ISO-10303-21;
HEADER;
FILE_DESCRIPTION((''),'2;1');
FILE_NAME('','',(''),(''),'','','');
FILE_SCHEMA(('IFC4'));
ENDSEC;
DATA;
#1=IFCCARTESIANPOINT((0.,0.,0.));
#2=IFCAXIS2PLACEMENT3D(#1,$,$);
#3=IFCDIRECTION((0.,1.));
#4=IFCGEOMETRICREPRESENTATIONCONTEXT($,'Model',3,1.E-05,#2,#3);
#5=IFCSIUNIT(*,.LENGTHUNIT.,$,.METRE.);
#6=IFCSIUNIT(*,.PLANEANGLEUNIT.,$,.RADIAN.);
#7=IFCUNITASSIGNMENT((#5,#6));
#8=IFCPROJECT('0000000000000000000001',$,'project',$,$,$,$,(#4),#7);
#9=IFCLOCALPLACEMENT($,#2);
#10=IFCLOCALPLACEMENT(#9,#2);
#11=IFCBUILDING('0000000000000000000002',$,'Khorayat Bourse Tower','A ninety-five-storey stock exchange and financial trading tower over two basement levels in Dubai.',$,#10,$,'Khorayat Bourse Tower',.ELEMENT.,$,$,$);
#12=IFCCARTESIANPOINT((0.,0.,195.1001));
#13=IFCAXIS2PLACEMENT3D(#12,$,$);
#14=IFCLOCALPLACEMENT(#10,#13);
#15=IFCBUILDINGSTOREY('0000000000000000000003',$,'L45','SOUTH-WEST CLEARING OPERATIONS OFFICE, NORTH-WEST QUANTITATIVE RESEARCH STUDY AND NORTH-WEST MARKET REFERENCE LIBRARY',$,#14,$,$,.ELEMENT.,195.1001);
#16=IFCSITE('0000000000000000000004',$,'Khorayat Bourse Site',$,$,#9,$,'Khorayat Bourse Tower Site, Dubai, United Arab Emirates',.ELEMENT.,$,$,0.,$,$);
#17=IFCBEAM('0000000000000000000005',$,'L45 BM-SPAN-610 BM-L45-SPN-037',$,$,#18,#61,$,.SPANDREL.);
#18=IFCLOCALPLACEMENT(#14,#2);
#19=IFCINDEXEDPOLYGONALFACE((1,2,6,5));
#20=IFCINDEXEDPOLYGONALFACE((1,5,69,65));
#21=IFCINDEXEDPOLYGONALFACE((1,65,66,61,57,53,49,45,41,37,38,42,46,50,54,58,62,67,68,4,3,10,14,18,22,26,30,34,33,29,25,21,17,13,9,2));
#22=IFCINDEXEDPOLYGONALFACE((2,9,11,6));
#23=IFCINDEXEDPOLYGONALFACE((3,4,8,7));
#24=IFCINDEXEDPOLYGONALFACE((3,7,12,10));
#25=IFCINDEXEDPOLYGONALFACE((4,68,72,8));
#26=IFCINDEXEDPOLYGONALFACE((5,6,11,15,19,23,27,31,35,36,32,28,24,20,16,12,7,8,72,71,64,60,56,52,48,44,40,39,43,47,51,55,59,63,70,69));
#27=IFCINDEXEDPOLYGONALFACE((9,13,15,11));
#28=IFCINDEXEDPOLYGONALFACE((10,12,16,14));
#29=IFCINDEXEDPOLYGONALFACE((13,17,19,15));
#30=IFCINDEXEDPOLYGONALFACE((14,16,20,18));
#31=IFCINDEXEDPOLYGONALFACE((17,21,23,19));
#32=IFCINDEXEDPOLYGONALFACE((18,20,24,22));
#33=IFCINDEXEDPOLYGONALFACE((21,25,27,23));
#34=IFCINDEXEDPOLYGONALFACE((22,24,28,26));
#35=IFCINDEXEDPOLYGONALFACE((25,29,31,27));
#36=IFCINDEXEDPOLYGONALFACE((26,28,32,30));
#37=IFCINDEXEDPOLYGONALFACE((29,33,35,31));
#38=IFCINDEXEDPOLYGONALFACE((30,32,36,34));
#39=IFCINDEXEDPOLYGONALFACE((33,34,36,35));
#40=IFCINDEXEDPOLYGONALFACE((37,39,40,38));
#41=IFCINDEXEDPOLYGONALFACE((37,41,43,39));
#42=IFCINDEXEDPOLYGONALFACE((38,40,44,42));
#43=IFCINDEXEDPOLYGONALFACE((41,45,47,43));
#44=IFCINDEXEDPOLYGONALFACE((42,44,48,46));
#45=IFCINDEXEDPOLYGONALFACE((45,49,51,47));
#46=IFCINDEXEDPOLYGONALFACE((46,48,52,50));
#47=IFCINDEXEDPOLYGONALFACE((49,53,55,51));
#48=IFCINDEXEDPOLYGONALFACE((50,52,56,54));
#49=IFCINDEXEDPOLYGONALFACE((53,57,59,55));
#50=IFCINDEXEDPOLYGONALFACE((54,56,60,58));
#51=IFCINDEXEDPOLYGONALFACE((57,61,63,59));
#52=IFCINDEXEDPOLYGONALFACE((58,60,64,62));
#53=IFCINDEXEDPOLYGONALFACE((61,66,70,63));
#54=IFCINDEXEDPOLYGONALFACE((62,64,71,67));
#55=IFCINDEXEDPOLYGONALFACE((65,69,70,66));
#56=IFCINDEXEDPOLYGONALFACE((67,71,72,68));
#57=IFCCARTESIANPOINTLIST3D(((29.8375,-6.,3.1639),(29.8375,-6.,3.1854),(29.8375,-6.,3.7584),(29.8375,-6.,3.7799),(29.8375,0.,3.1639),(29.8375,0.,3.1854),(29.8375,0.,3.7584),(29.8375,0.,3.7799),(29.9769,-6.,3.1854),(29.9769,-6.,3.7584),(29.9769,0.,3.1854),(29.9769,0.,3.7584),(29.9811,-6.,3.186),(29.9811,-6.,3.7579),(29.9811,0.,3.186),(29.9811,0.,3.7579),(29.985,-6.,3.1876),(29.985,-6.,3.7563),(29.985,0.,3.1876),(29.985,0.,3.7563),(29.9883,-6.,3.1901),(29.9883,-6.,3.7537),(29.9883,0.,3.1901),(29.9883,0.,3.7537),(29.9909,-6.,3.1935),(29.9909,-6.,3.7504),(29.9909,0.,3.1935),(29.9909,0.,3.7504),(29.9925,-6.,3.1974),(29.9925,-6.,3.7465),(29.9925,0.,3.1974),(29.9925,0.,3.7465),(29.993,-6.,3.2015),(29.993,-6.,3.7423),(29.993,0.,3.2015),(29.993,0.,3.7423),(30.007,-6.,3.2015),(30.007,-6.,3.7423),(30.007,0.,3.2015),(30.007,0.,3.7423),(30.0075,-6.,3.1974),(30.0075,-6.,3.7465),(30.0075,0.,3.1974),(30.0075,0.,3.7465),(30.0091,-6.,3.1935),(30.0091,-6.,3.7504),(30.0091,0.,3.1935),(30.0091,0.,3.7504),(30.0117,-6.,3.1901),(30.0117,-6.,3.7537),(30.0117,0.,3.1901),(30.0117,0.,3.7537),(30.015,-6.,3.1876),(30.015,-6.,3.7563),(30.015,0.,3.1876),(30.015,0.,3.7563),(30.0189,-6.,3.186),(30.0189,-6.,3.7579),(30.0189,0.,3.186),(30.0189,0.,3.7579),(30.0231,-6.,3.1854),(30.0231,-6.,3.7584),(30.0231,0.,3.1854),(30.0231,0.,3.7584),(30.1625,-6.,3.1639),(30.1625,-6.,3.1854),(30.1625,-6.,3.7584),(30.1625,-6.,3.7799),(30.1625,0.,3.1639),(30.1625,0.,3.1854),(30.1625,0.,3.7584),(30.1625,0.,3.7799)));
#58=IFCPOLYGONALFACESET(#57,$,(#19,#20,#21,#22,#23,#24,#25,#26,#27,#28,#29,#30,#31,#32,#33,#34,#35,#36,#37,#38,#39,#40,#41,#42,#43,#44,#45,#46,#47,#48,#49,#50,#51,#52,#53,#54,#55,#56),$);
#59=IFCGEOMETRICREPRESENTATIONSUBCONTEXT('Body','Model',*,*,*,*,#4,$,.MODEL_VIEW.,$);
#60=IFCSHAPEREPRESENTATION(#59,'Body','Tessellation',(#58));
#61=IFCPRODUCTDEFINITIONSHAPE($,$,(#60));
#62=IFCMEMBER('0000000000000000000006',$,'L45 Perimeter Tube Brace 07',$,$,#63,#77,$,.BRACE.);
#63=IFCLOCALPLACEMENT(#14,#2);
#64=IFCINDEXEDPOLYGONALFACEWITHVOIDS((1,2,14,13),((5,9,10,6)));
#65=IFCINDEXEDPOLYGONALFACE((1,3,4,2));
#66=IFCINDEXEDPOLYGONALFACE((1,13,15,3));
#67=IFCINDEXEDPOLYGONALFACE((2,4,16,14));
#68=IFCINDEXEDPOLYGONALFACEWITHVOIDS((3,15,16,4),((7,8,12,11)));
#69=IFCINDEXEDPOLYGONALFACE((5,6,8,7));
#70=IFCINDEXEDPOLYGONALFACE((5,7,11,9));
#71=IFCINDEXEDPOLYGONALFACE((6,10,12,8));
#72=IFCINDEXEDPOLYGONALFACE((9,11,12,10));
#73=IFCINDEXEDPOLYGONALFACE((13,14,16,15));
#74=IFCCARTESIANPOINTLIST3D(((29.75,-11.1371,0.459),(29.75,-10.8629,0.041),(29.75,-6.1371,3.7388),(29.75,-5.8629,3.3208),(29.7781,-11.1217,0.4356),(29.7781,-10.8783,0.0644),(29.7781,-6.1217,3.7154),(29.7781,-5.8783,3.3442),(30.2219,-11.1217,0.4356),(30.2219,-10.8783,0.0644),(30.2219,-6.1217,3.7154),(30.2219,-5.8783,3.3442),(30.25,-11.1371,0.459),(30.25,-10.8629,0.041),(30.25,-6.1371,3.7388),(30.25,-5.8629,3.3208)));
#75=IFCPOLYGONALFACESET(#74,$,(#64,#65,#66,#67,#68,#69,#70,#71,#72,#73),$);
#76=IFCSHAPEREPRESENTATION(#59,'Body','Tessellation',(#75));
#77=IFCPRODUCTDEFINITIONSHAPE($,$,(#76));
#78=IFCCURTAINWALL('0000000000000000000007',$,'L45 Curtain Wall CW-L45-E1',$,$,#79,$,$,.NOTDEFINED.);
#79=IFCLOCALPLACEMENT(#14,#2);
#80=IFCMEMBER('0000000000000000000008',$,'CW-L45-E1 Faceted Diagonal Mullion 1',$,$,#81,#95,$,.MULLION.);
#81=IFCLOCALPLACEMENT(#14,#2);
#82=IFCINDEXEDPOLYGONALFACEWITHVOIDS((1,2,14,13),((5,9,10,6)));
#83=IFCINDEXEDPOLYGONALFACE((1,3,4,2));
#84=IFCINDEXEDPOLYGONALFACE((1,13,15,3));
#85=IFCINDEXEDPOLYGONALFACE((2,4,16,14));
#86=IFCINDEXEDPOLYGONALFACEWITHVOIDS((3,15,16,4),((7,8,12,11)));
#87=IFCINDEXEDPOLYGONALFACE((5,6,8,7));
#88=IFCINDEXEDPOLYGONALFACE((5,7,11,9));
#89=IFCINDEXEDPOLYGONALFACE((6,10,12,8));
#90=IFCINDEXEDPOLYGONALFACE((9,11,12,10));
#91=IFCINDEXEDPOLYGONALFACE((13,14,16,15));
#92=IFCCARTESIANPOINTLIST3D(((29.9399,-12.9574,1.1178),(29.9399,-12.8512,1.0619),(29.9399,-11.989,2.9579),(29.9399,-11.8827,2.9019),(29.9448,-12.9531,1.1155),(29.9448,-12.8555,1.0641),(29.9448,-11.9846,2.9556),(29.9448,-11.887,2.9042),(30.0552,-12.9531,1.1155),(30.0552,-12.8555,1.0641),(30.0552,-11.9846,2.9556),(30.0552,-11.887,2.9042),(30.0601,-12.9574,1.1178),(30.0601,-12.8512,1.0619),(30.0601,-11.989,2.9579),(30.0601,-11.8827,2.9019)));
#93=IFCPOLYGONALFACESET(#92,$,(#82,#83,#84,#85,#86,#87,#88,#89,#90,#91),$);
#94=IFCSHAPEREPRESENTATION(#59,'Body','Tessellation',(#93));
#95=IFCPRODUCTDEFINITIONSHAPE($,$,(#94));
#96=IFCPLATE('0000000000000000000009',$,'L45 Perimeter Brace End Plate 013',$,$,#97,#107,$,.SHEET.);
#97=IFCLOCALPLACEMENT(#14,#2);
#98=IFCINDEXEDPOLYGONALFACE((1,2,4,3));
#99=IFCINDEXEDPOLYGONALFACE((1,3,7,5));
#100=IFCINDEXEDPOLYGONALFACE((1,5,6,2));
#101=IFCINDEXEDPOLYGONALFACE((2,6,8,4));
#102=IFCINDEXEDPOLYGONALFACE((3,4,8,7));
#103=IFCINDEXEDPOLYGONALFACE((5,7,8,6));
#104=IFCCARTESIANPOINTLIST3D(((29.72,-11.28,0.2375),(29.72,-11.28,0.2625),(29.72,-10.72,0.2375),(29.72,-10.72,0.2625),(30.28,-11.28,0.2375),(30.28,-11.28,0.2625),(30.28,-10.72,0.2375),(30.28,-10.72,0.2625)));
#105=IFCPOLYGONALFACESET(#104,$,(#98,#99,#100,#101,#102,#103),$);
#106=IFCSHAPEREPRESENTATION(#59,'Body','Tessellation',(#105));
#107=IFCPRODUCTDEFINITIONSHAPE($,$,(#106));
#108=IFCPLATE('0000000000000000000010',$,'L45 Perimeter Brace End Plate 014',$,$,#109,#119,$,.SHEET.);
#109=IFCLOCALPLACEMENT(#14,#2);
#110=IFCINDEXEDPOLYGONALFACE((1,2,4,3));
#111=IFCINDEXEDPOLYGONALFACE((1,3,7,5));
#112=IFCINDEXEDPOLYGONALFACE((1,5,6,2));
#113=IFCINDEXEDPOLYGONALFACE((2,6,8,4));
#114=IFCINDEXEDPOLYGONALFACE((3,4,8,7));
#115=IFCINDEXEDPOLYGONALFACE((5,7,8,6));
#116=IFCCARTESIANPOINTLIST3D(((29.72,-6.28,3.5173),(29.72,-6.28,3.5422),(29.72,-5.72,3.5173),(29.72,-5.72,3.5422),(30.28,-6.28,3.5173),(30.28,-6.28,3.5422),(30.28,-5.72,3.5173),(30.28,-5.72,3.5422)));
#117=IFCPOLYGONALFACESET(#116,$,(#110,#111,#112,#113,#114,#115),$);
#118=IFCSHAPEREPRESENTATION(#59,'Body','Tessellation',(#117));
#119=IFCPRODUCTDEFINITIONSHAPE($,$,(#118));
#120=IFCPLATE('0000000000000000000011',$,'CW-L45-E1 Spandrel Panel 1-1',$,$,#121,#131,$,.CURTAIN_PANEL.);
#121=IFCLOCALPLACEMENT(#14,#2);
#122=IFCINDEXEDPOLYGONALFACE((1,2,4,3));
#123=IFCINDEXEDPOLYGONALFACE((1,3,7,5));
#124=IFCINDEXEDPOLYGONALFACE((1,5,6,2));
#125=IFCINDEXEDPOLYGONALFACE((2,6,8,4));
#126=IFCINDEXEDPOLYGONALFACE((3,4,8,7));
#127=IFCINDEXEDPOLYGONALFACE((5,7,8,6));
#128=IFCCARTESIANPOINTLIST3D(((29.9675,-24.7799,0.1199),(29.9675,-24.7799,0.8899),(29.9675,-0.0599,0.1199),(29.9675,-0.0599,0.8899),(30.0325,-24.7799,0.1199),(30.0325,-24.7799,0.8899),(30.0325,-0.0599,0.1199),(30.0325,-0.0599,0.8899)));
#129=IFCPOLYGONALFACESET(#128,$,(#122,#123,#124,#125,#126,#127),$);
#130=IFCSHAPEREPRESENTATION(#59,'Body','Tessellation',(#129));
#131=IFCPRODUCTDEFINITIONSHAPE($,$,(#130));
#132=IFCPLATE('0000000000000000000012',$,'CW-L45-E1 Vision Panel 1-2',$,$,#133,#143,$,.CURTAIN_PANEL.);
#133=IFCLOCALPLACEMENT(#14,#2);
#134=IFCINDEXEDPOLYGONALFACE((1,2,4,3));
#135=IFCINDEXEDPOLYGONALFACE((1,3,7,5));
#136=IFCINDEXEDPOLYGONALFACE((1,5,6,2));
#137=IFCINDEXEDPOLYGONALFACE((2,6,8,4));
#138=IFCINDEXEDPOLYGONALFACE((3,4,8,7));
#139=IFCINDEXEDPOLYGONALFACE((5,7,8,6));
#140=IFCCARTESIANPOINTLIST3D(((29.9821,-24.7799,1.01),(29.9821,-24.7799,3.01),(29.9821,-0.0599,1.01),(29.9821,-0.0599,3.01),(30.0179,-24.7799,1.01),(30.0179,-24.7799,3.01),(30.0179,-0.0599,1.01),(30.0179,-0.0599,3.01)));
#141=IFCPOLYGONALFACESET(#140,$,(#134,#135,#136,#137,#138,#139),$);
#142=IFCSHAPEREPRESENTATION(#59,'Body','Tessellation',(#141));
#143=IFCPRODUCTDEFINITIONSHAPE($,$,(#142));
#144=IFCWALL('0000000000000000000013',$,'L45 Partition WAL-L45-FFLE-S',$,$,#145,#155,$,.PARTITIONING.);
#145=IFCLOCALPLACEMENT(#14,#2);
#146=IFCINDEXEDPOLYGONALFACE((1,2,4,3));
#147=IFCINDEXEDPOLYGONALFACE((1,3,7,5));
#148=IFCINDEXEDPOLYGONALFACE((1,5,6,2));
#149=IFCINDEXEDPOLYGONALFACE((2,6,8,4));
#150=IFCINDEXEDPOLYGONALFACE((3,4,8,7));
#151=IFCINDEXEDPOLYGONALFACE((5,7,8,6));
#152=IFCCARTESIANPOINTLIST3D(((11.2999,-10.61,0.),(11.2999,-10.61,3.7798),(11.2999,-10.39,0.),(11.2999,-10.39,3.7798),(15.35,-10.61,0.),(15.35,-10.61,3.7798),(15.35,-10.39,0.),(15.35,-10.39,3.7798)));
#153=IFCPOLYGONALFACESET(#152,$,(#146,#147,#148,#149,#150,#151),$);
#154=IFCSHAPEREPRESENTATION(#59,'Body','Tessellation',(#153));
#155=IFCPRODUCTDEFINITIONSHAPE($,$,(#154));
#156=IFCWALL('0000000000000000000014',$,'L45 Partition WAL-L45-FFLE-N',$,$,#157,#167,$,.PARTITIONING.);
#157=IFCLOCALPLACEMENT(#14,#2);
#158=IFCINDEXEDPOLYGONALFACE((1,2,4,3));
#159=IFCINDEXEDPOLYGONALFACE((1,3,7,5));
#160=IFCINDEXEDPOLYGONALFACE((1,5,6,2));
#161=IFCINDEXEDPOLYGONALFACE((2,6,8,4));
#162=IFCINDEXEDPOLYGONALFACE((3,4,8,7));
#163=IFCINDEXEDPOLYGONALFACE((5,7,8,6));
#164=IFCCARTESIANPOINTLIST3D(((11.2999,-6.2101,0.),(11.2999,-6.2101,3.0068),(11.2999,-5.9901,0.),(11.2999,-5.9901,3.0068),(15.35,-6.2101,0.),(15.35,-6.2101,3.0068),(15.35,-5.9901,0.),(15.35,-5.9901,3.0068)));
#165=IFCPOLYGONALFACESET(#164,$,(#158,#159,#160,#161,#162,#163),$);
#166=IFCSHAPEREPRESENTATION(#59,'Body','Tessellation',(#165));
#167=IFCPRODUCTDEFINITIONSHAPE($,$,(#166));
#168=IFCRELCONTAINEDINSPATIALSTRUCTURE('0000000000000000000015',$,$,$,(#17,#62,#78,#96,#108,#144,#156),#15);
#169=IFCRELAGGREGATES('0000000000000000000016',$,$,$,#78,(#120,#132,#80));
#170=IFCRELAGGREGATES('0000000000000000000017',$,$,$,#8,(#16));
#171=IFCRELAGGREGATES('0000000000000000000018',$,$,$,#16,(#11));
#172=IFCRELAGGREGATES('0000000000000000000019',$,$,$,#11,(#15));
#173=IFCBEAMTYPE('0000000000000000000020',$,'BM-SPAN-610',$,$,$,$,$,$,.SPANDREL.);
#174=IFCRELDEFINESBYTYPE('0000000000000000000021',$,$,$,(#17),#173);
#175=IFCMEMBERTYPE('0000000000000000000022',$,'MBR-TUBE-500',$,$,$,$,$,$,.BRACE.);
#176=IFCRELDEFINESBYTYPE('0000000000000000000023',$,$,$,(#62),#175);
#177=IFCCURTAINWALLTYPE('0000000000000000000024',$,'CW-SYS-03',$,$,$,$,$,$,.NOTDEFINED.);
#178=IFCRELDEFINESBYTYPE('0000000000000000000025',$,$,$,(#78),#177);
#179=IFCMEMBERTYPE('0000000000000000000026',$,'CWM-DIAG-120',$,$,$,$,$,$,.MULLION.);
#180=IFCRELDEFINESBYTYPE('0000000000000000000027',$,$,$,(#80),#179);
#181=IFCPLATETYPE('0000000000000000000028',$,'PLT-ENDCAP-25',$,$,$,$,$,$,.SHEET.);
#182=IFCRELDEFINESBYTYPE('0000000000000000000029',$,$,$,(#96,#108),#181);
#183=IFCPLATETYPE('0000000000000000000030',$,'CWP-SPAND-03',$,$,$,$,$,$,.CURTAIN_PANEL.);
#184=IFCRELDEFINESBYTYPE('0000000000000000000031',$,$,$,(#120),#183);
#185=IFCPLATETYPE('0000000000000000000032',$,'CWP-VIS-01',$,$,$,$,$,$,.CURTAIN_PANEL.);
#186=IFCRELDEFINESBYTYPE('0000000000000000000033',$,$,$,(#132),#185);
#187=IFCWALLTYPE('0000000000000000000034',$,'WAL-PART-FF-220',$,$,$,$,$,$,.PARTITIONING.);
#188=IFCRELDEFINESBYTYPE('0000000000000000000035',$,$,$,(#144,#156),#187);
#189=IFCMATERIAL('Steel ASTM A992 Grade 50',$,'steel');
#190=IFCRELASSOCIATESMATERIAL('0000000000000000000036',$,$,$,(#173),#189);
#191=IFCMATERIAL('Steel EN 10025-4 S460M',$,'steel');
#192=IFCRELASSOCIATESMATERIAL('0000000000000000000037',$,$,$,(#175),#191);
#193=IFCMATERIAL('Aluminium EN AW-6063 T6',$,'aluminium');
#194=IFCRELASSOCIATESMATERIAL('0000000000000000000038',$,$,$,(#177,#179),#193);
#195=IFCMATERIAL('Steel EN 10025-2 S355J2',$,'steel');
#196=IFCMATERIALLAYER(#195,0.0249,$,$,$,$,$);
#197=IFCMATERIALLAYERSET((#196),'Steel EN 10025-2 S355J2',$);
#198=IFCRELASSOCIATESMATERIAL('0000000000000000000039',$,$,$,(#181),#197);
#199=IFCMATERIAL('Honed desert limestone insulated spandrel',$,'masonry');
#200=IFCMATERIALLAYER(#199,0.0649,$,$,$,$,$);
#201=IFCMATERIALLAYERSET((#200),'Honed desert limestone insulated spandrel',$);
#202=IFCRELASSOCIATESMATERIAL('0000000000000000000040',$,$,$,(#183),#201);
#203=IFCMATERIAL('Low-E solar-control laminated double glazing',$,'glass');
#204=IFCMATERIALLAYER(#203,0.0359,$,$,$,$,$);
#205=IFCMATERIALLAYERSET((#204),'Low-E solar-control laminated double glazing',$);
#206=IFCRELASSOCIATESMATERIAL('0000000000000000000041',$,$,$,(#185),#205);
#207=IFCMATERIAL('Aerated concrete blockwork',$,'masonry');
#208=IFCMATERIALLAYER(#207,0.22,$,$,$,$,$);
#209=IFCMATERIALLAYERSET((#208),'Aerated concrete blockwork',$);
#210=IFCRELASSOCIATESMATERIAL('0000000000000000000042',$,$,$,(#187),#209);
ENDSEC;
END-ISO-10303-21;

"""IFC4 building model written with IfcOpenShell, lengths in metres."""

from ifc_helpers import new_model, si_unit, direction, frame, frame_2d, origin, origin_2d, place, context, subcontext, project, spatial, rectangle, hollow_rectangle, i_section, extrude, source, transform, mapped, material, layer, layer_set, material_profile, profile_set, type_object, element, aggregate, save


model = new_model("IFC4")

# Units and contexts
model_context = context("Model", 3, precision=1e-05, world=origin(), true_north=direction((0.0, 1.0)))
body_context = subcontext(model_context, "Body", "Model", "MODEL_VIEW")
ifc_project = project(units=[si_unit("LENGTHUNIT", "METRE"), si_unit("PLANEANGLEUNIT", "RADIAN")], contexts=[model_context])

# Site, building, storey
site_placement = place(None, origin())
site = spatial("IfcSite", under=ifc_project, at=site_placement, Name="Khorayat Bourse Site", LongName="Khorayat Bourse Tower Site, Dubai, United Arab Emirates", CompositionType="ELEMENT", RefElevation=0.0)
building_placement = place(site_placement, origin())
building = spatial("IfcBuilding", under=site, at=building_placement, Name="Khorayat Bourse Tower", Description="A ninety-five-storey stock exchange and financial trading tower over two basement levels in Dubai.", LongName="Khorayat Bourse Tower", CompositionType="ELEMENT")
storey_placement = place(building_placement, frame((0.0, 0.0, 195.1001)))
storey = spatial("IfcBuildingStorey", under=building, at=storey_placement, Name="L45", Description="SOUTH-WEST CLEARING OPERATIONS OFFICE, NORTH-WEST QUANTITATIVE RESEARCH STUDY AND NORTH-WEST MARKET REFERENCE LIBRARY", CompositionType="ELEMENT", Elevation=195.1001)

# Shared definitions
ifc_material_1 = material(Name="Steel EN 10025-4 S460M", Category="steel")

# Beam
ifc_material_2 = material(Name="Steel ASTM A992 Grade 50", Category="steel")
ifc_material_profile_1 = material_profile(ifc_material_2, i_section(OverallWidth=0.325, OverallDepth=0.616, WebThickness=0.0139, FlangeThickness=0.0215, FilletRadius=0.0161, at=origin_2d()), Name="W610X174")
ifc_profile_set_1 = profile_set([ifc_material_profile_1], Name="Steel ASTM A992 Grade 50")
beam_type_1 = type_object("IfcBeamType", Name="BM-SPAN-610", PredefinedType="SPANDREL", material=ifc_profile_set_1)
shared_shape_1 = source(origin(), body_context, "Body", "SweptSolid", [
    extrude(i_section(OverallWidth=0.325, OverallDepth=0.616, WebThickness=0.0139, FlangeThickness=0.0215, FilletRadius=0.0161, at=origin_2d()), origin(), (0.0, 0.0, 1.0), 6.0),
])
beam_1_placement = place(storey_placement, frame((30.0, -6.0, 3.4719), z_axis=(0.0, 1.0, 0.0), x_axis=(-1.0, 0.0, 0.0)))
element("IfcBeam", 1, at=beam_1_placement, inside=storey, type_object=beam_type_1, Name="L45 BM-SPAN-610 BM-L45-SPN-037", PredefinedType="SPANDREL", context=body_context, shape_type="MappedRepresentation", body=[
    mapped(shared_shape_1, transform((0.0, 0.0, 0.0), scale=1.0)),
])

# Member
ifc_material_profile_2 = material_profile(ifc_material_1, hollow_rectangle(XDim=0.5, YDim=0.5, WallThickness=0.0281, at=origin_2d()), Name="HSS 500x500x28")
ifc_profile_set_2 = profile_set([ifc_material_profile_2], Name="Steel EN 10025-4 S460M")
member_type_1 = type_object("IfcMemberType", Name="MBR-TUBE-500", PredefinedType="BRACE", material=ifc_profile_set_2)
shared_shape_2 = source(origin(), body_context, "Body", "SweptSolid", [
    extrude(hollow_rectangle(XDim=0.5, YDim=0.5, WallThickness=0.0281, at=origin_2d()), origin(), (0.0, 0.0, 1.0), 5.9797),
])
member_1_placement = place(storey_placement, frame((30.0, -11.0, 0.25), z_axis=(0.0, 0.83616, 0.548485), x_axis=(-1.0, 0.0, 0.0)))
element("IfcMember", 2, at=member_1_placement, inside=storey, type_object=member_type_1, Name="L45 Perimeter Tube Brace 07", PredefinedType="BRACE", context=body_context, shape_type="MappedRepresentation", body=[
    mapped(shared_shape_2, transform((0.0, 0.0, 0.0), scale=1.0)),
])

# Curtain wall, member
ifc_material_3 = material(Name="Aluminium EN AW-6063 T6", Category="aluminium")
curtain_wall_type = type_object("IfcCurtainWallType", Name="CW-SYS-03", PredefinedType="NOTDEFINED", material=ifc_material_3)
curtain_wall_placement = place(storey_placement, origin())
curtain_wall = element("IfcCurtainWall", 3, at=curtain_wall_placement, inside=storey, type_object=curtain_wall_type, Name="L45 Curtain Wall CW-L45-E1", PredefinedType="NOTDEFINED")
ifc_material_profile_3 = material_profile(ifc_material_3, hollow_rectangle(XDim=0.1201, YDim=0.1201, WallThickness=0.0049, at=origin_2d()), Name="ALU 120x120x5")
ifc_profile_set_3 = profile_set([ifc_material_profile_3], Name="Aluminium EN AW-6063 T6")
member_type_2 = type_object("IfcMemberType", Name="CWM-DIAG-120", PredefinedType="MULLION", material=ifc_profile_set_3)
shared_shape_3 = source(origin(), body_context, "Body", "SweptSolid", [
    extrude(hollow_rectangle(XDim=0.1201, YDim=0.1201, WallThickness=0.0049, at=origin_2d()), origin(), (0.0, 0.0, 1.0), 2.0793),
])
member_2_placement = place(storey_placement, frame((30.0, -12.9043, 1.0898), z_axis=(0.0, 0.465761, 0.884911), x_axis=(-1.0, 0.0, 0.0)))
member_2 = element("IfcMember", 4, at=member_2_placement, type_object=member_type_2, Name="CW-L45-E1 Faceted Diagonal Mullion 1", PredefinedType="MULLION", context=body_context, shape_type="MappedRepresentation", body=[
    mapped(shared_shape_3, transform((0.0, 0.0, 0.0), scale=1.0)),
])

# Plates
ifc_material_4 = material(Name="Steel EN 10025-2 S355J2", Category="steel")
ifc_layer_1 = layer(ifc_material_4, 0.0249)
ifc_layer_set_1 = layer_set([ifc_layer_1], Name="Steel EN 10025-2 S355J2")
plate_type_1 = type_object("IfcPlateType", Name="PLT-ENDCAP-25", PredefinedType="SHEET", material=ifc_layer_set_1)
shared_shape_4 = source(origin(), body_context, "Body", "SweptSolid", [
    extrude(rectangle(XDim=0.5601, YDim=0.5601, at=origin_2d()), origin(), (0.0, 0.0, 1.0), 0.0249),
])
for number, where, z_axis, x_axis, name in (
    (5, (30.0, -11.0, 0.2375), (0.0, 0.0, 1.0), (1.0, 0.0, 0.0), "L45 Perimeter Brace End Plate 013"),
    (6, (30.0, -6.0, 3.5173), (0.0, 0.0, 1.0), (1.0, 0.0, 0.0), "L45 Perimeter Brace End Plate 014"),
):
    element("IfcPlate", number, at=place(storey_placement, frame(where, z_axis=z_axis, x_axis=x_axis)), inside=storey, type_object=plate_type_1, Name=name, PredefinedType="SHEET", context=body_context, shape_type="MappedRepresentation", body=[
        mapped(shared_shape_4, transform((0.0, 0.0, 0.0), scale=1.0)),
    ])

# Plates
ifc_material_5 = material(Name="Honed desert limestone insulated spandrel", Category="masonry")
ifc_layer_2 = layer(ifc_material_5, 0.0649)
ifc_layer_set_2 = layer_set([ifc_layer_2], Name="Honed desert limestone insulated spandrel")
plate_type_2 = type_object("IfcPlateType", Name="CWP-SPAND-03", PredefinedType="CURTAIN_PANEL", material=ifc_layer_set_2)
shared_shape_5 = source(origin(), body_context, "Body", "SweptSolid", [
    extrude(rectangle(XDim=24.72, YDim=0.0649, at=origin_2d()), origin(), (0.0, 0.0, 1.0), 0.77),
])
plate_1_placement = place(storey_placement, frame((30.0, -12.4199, 0.1199), z_axis=(0.0, 0.0, 1.0), x_axis=(0.0, 1.0, 0.0)))
plate_1 = element("IfcPlate", 7, at=plate_1_placement, type_object=plate_type_2, Name="CW-L45-E1 Spandrel Panel 1-1", PredefinedType="CURTAIN_PANEL", context=body_context, shape_type="MappedRepresentation", body=[
    mapped(shared_shape_5, transform((0.0, 0.0, 0.0), scale=1.0)),
])
ifc_material_6 = material(Name="Low-E solar-control laminated double glazing", Category="glass")
ifc_layer_3 = layer(ifc_material_6, 0.0359)
ifc_layer_set_3 = layer_set([ifc_layer_3], Name="Low-E solar-control laminated double glazing")
plate_type_3 = type_object("IfcPlateType", Name="CWP-VIS-01", PredefinedType="CURTAIN_PANEL", material=ifc_layer_set_3)
shared_shape_6 = source(origin(), body_context, "Body", "SweptSolid", [
    extrude(rectangle(XDim=24.72, YDim=0.0359, at=origin_2d()), origin(), (0.0, 0.0, 1.0), 2.0),
])
plate_2_placement = place(storey_placement, frame((30.0, -12.4199, 1.01), z_axis=(0.0, 0.0, 1.0), x_axis=(0.0, 1.0, 0.0)))
plate_2 = element("IfcPlate", 8, at=plate_2_placement, type_object=plate_type_3, Name="CW-L45-E1 Vision Panel 1-2", PredefinedType="CURTAIN_PANEL", context=body_context, shape_type="MappedRepresentation", body=[
    mapped(shared_shape_6, transform((0.0, 0.0, 0.0), scale=1.0)),
])
aggregate(curtain_wall, [plate_1, plate_2, member_2])

# Walls
ifc_material_7 = material(Name="Aerated concrete blockwork", Category="masonry")
ifc_layer_4 = layer(ifc_material_7, 0.22)
ifc_layer_set_4 = layer_set([ifc_layer_4], Name="Aerated concrete blockwork")
wall_type_1 = type_object("IfcWallType", Name="WAL-PART-FF-220", PredefinedType="PARTITIONING", material=ifc_layer_set_4)
shared_shape_7 = source(origin(), body_context, "Body", "SweptSolid", [
    extrude(rectangle(XDim=4.05, YDim=0.22, at=frame_2d((2.0249, 0.0))), origin(), (0.0, 0.0, 1.0), 3.7798),
])
wall_1_placement = place(storey_placement, frame((11.3, -10.5, 0.0), z_axis=(0.0, 0.0, 1.0), x_axis=(1.0, 0.0, 0.0)))
element("IfcWall", 9, at=wall_1_placement, inside=storey, type_object=wall_type_1, Name="L45 Partition WAL-L45-FFLE-S", PredefinedType="PARTITIONING", context=body_context, shape_type="MappedRepresentation", body=[
    mapped(shared_shape_7, transform((0.0, 0.0, 0.0), scale=1.0)),
])
shared_shape_8 = source(origin(), body_context, "Body", "SweptSolid", [
    extrude(rectangle(XDim=4.05, YDim=0.22, at=frame_2d((2.0249, 0.0))), origin(), (0.0, 0.0, 1.0), 3.0068),
])
wall_2_placement = place(storey_placement, frame((11.3, -6.1001, 0.0), z_axis=(0.0, 0.0, 1.0), x_axis=(1.0, 0.0, 0.0)))
element("IfcWall", 10, at=wall_2_placement, inside=storey, type_object=wall_type_1, Name="L45 Partition WAL-L45-FFLE-N", PredefinedType="PARTITIONING", context=body_context, shape_type="MappedRepresentation", body=[
    mapped(shared_shape_8, transform((0.0, 0.0, 0.0), scale=1.0)),
])

save(model, "model.ifc")
